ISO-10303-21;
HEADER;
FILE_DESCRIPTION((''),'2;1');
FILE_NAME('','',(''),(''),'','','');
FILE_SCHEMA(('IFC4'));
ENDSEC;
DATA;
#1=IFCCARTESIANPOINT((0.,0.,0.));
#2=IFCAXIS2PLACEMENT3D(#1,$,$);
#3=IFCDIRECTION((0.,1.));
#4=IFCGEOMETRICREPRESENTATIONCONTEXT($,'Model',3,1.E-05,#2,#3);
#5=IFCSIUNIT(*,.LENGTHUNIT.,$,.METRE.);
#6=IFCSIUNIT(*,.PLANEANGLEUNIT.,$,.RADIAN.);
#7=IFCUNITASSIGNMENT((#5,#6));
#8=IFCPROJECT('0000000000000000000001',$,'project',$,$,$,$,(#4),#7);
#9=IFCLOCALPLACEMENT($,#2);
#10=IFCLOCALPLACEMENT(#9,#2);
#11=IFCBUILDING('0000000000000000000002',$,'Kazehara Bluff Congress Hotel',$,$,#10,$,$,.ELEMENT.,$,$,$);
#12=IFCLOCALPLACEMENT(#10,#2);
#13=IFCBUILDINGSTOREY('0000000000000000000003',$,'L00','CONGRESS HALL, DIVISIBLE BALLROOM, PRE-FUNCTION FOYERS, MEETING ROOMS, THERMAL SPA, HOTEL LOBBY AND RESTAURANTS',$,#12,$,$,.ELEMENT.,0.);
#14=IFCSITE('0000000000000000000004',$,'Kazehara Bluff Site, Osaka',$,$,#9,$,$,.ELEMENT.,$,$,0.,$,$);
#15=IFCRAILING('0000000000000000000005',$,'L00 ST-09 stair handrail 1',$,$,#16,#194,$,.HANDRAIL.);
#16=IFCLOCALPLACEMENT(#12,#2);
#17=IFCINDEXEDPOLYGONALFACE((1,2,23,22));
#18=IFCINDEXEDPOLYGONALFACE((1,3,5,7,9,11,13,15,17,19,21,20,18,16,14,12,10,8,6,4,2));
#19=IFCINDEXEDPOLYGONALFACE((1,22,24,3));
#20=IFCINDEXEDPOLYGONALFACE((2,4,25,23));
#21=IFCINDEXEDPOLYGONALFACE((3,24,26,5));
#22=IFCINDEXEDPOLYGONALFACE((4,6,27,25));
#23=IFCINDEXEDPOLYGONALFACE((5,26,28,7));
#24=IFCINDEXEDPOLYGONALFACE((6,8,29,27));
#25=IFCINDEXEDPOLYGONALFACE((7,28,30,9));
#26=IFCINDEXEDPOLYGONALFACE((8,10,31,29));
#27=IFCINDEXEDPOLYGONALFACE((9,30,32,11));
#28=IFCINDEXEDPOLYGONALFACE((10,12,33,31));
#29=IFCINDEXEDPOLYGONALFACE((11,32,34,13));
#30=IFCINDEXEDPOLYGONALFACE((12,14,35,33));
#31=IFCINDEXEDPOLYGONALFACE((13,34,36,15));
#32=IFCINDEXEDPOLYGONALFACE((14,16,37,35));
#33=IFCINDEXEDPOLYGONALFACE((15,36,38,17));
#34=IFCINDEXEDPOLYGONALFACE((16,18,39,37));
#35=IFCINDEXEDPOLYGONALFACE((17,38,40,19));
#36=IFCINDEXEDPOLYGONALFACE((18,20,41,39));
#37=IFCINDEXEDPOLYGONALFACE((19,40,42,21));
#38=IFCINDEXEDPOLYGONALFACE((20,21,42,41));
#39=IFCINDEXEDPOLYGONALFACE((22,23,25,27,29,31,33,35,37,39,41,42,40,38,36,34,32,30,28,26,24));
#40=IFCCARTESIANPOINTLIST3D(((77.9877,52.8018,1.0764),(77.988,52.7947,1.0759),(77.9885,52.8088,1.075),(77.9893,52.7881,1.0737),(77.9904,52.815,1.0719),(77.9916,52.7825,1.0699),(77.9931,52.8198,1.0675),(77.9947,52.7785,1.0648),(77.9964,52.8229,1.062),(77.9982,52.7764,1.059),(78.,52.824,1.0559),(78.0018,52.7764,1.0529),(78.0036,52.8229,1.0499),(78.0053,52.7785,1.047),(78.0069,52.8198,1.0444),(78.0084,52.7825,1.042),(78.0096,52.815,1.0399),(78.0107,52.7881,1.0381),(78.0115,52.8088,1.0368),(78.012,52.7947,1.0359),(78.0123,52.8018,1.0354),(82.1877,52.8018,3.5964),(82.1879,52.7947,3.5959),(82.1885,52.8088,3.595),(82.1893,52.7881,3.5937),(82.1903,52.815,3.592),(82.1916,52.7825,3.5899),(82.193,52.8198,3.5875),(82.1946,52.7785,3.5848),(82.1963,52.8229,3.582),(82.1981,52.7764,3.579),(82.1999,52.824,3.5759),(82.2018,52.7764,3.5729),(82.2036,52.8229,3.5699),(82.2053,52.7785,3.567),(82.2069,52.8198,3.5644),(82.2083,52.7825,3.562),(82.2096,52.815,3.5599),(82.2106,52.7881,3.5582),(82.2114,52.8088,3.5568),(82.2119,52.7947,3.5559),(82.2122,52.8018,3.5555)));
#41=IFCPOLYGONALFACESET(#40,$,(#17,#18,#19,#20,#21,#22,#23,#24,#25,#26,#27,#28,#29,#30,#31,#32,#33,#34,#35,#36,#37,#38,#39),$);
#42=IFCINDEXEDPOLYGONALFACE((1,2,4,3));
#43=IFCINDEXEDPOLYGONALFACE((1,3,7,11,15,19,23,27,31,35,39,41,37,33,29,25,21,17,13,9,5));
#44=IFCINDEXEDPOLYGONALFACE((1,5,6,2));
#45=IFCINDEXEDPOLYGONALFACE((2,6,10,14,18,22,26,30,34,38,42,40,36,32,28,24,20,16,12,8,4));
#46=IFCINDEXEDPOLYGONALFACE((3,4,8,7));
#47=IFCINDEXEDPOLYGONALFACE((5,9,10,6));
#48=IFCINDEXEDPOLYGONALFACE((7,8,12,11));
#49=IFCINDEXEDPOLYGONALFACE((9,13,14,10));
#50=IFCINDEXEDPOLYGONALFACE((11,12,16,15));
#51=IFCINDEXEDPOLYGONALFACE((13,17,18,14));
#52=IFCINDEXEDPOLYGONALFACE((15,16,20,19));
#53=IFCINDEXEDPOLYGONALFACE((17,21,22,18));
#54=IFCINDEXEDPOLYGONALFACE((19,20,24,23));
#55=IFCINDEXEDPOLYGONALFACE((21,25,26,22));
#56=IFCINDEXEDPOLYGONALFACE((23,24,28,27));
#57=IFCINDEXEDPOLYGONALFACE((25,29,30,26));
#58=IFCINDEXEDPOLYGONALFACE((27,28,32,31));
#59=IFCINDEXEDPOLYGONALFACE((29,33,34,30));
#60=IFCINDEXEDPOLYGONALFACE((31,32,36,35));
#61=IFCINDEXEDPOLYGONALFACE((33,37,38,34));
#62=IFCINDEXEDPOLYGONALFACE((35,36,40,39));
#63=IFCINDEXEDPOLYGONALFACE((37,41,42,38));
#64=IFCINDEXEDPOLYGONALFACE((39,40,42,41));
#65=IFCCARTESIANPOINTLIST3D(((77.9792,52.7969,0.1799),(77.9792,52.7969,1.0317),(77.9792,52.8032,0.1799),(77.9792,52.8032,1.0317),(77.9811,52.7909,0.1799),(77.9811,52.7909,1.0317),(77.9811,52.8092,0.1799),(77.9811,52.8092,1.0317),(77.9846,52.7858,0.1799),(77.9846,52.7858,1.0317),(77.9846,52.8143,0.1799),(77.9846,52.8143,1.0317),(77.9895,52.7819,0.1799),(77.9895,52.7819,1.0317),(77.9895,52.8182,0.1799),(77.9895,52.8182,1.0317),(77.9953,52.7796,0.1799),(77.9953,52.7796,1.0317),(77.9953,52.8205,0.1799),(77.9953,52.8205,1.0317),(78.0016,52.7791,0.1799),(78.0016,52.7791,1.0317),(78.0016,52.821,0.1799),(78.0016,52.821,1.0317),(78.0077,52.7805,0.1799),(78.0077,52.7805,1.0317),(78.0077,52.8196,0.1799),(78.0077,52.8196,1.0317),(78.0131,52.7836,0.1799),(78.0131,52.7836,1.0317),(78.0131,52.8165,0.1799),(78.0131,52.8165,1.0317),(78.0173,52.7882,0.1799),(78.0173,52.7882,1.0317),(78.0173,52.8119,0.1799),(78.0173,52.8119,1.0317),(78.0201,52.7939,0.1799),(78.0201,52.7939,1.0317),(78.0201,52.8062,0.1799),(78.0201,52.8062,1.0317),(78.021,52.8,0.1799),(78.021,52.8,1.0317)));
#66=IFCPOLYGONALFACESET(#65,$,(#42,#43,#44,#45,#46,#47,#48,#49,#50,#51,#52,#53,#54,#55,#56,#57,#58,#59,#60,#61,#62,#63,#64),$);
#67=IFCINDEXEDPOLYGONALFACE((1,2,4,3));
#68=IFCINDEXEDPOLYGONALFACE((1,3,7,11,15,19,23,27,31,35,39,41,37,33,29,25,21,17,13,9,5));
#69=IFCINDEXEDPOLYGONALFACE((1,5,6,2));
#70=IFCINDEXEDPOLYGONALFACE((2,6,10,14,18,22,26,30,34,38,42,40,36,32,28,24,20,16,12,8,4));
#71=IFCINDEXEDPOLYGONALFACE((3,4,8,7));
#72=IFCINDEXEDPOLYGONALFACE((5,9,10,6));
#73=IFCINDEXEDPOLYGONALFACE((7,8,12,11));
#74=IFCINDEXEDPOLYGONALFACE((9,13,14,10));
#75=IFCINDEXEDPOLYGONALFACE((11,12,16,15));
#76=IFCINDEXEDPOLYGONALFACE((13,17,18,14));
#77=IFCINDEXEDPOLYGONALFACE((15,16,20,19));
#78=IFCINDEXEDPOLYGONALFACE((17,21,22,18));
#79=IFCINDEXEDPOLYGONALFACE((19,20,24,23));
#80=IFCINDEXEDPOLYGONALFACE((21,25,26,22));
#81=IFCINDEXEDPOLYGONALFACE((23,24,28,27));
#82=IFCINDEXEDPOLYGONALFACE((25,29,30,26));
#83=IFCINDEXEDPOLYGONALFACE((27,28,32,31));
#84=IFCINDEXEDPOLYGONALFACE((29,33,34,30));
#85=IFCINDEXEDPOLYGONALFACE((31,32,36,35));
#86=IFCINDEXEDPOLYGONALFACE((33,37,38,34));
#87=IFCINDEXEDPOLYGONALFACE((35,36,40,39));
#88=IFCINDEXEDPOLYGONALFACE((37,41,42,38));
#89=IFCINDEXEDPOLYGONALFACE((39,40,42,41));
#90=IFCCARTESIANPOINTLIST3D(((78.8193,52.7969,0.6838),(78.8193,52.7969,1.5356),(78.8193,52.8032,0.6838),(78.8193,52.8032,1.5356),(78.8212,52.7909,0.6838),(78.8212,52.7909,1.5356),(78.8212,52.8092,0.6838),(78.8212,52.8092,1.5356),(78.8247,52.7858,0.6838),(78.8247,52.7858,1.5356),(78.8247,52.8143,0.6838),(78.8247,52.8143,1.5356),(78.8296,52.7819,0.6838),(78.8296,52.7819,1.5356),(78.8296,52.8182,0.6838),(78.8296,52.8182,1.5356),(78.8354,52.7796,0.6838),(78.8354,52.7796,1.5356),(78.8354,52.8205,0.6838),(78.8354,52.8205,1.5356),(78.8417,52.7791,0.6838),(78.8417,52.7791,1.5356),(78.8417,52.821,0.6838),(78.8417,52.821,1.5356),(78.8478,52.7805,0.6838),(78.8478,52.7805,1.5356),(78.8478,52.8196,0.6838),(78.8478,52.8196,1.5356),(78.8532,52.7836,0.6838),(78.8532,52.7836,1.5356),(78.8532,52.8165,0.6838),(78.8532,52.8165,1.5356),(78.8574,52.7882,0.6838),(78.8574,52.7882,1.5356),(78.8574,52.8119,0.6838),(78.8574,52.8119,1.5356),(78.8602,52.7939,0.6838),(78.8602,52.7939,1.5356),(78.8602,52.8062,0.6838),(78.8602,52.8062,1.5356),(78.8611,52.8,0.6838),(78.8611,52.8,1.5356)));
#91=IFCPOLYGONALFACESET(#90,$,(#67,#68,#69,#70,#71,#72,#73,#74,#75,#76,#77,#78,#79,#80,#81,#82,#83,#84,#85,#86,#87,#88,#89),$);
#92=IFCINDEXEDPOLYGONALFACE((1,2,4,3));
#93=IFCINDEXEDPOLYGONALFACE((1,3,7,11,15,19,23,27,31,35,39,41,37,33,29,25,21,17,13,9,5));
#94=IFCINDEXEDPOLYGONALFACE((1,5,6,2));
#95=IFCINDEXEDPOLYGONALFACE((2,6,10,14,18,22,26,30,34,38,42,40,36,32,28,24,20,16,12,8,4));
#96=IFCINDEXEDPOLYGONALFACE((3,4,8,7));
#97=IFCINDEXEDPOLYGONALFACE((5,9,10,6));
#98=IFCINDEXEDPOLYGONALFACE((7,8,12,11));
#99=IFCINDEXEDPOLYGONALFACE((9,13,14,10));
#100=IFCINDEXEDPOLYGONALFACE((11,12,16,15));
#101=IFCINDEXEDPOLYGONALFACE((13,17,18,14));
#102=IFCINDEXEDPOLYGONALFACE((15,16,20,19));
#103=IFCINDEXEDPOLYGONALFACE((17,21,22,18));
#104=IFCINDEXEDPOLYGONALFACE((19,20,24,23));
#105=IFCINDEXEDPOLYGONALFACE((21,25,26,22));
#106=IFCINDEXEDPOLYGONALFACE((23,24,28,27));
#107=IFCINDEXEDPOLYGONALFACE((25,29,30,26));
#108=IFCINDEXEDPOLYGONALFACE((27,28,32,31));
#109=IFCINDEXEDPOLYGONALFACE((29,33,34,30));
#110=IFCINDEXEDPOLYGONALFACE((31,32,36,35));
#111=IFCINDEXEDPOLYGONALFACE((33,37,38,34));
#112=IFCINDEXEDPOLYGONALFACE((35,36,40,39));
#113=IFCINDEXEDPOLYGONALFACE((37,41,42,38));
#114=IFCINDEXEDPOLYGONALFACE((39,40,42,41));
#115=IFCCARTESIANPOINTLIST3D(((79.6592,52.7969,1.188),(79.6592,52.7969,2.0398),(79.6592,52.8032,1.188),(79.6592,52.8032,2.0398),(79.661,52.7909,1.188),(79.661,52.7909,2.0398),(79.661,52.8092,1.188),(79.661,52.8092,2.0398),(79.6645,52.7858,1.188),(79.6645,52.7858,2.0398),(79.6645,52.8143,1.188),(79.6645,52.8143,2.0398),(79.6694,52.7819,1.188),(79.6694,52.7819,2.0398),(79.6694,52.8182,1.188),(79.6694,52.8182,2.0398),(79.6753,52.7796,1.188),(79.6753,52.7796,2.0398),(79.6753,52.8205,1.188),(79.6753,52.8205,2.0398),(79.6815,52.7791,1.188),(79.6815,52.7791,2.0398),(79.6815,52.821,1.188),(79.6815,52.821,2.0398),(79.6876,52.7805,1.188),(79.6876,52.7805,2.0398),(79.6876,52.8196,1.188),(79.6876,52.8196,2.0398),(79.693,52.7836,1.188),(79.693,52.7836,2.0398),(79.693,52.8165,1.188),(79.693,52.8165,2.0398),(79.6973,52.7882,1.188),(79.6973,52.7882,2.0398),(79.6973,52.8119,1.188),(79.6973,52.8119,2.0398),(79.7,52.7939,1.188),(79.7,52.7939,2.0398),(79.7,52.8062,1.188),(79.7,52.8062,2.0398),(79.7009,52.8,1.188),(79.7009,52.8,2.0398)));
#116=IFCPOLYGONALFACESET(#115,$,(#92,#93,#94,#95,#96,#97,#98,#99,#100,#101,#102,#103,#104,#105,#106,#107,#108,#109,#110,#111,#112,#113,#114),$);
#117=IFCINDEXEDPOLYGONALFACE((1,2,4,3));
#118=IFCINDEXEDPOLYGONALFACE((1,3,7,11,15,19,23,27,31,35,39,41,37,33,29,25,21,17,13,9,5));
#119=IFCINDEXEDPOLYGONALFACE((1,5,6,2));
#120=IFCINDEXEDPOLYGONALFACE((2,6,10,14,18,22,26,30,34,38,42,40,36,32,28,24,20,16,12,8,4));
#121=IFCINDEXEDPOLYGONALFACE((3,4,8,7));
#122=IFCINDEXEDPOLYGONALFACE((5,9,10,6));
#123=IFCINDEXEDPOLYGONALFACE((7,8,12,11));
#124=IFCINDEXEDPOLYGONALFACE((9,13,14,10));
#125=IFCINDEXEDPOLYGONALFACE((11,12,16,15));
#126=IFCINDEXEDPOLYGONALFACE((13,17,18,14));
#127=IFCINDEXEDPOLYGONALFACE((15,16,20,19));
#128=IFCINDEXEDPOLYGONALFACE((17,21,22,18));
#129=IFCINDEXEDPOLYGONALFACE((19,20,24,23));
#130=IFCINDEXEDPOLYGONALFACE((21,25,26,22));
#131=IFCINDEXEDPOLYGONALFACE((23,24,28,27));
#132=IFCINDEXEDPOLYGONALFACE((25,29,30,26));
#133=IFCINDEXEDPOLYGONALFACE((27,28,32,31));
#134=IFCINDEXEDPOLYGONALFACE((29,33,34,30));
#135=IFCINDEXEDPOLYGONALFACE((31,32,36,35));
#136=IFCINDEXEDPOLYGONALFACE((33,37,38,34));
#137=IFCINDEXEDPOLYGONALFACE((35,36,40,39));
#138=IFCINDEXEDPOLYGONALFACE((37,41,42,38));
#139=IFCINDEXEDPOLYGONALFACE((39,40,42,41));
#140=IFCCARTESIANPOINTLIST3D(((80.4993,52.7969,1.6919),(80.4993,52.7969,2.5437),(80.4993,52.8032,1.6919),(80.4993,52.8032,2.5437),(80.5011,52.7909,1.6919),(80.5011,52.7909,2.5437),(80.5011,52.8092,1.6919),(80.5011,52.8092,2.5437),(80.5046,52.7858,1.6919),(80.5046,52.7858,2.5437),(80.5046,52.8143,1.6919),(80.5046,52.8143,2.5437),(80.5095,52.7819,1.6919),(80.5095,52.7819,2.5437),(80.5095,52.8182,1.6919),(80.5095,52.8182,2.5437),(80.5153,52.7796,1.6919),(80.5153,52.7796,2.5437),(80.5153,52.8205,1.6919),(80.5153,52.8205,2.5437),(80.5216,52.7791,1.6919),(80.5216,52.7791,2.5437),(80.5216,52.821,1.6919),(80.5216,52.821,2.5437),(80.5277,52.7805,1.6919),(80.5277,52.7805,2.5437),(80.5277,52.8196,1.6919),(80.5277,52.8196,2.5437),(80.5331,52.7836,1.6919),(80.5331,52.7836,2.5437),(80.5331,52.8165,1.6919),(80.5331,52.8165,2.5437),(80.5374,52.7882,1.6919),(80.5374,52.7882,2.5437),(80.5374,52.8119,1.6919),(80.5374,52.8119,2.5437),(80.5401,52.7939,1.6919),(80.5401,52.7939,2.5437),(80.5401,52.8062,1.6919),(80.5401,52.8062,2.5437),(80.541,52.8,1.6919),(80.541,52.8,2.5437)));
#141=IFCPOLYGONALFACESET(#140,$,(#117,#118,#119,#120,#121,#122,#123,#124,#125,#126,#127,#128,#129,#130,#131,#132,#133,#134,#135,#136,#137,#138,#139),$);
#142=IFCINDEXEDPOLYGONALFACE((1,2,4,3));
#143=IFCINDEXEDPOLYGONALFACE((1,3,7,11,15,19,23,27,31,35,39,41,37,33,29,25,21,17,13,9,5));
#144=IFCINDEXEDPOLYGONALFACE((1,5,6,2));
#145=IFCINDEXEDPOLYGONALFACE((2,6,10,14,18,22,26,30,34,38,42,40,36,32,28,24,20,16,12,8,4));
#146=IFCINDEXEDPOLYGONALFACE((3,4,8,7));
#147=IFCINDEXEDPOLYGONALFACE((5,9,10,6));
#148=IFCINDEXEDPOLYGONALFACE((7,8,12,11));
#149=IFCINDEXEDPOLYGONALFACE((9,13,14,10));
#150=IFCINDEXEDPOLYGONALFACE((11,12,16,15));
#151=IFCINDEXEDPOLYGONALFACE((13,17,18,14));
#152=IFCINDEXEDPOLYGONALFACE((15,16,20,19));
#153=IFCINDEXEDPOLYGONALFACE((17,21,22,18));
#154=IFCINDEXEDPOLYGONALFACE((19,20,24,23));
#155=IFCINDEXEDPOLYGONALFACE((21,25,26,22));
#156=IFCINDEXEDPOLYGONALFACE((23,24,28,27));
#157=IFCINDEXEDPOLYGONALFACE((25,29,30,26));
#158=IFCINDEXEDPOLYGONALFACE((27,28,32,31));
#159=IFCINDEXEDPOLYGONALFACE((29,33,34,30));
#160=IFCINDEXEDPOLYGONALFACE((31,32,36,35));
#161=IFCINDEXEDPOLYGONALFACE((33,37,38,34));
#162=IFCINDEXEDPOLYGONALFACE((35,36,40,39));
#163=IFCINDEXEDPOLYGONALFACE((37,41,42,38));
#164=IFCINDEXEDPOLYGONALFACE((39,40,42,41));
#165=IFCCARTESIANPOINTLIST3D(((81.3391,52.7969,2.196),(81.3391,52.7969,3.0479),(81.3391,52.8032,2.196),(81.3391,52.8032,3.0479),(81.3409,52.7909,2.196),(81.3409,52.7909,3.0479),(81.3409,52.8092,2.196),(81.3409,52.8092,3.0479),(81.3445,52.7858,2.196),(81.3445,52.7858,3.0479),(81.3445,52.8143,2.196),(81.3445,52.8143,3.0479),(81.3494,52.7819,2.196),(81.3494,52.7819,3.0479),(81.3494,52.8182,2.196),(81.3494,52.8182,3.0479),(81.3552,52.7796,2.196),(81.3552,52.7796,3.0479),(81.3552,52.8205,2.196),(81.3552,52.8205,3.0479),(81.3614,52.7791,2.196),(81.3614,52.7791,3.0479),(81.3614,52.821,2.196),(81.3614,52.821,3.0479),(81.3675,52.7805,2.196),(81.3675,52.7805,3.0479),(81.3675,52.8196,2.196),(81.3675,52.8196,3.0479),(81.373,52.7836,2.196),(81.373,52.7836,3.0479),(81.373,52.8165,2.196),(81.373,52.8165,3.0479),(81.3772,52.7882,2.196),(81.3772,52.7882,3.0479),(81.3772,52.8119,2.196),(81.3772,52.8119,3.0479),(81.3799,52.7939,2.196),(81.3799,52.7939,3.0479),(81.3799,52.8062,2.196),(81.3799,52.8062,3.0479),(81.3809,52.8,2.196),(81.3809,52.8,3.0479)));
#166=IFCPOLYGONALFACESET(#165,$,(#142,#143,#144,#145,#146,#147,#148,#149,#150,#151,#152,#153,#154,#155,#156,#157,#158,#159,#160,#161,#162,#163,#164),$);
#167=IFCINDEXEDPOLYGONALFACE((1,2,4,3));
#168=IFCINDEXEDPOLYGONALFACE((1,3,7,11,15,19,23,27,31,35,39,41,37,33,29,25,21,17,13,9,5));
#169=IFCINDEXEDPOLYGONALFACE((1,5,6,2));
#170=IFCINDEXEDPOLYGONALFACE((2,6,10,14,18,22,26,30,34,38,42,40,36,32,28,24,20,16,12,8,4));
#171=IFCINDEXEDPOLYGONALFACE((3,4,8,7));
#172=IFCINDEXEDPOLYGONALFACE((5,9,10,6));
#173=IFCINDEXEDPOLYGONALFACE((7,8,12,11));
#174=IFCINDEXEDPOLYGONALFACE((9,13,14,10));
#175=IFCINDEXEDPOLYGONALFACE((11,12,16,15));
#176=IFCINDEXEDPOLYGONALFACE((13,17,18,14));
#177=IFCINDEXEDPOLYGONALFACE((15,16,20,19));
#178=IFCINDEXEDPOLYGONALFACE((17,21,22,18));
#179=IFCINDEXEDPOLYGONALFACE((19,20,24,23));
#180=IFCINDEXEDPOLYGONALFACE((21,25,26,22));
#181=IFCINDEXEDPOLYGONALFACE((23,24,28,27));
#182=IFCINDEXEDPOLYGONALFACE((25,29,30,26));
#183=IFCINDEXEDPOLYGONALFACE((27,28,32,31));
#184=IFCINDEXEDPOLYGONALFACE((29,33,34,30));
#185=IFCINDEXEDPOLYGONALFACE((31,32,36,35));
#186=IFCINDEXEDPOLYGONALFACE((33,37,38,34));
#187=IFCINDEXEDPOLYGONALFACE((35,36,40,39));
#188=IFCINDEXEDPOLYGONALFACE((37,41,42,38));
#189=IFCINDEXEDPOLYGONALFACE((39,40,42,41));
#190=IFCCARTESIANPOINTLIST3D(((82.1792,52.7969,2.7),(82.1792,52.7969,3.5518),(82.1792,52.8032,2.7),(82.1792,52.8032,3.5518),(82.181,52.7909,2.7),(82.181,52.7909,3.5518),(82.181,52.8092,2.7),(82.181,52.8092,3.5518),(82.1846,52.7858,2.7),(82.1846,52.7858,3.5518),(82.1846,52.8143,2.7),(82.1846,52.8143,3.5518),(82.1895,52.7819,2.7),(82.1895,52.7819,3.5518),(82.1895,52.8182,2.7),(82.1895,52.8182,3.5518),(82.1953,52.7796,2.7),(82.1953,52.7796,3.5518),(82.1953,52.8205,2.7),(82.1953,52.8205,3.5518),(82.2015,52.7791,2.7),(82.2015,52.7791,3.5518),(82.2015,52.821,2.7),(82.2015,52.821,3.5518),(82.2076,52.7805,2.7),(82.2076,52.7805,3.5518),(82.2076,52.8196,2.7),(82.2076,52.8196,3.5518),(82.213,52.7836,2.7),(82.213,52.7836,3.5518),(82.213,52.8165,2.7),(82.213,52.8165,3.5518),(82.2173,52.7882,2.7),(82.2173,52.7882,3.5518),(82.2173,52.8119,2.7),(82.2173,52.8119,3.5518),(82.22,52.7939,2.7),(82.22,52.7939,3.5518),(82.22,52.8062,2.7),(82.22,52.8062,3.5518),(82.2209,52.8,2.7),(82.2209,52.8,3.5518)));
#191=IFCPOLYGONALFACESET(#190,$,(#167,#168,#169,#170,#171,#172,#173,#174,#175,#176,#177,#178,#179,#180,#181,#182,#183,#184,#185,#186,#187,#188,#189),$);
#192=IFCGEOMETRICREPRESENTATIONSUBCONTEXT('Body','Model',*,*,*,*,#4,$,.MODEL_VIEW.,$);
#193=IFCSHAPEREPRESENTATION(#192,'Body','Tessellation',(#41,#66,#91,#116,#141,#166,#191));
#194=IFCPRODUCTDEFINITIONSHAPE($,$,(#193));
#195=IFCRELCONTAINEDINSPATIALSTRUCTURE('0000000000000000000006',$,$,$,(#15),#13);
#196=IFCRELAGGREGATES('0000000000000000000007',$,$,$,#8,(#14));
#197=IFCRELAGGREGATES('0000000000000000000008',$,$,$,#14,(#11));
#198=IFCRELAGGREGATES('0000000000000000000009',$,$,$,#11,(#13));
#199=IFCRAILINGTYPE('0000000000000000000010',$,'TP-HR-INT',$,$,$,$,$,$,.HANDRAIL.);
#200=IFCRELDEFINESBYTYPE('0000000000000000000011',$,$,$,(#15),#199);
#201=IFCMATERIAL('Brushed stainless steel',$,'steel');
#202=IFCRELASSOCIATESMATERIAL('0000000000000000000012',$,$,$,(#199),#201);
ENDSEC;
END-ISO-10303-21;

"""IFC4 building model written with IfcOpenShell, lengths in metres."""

from ifc_helpers import new_model, si_unit, direction, frame, origin, origin_2d, place, context, subcontext, project, spatial, circle, extrude, material, type_object, element, save


model = new_model("IFC4")

# Units and contexts
model_context = context("Model", 3, precision=1e-05, world=origin(), true_north=direction((0.0, 1.0)))
body_context = subcontext(model_context, "Body", "Model", "MODEL_VIEW")
ifc_project = project(units=[si_unit("LENGTHUNIT", "METRE"), si_unit("PLANEANGLEUNIT", "RADIAN")], contexts=[model_context])

# Site, building, storey
site_placement = place(None, origin())
site = spatial("IfcSite", under=ifc_project, at=site_placement, Name="Kazehara Bluff Site, Osaka", CompositionType="ELEMENT", RefElevation=0.0)
building_placement = place(site_placement, origin())
building = spatial("IfcBuilding", under=site, at=building_placement, Name="Kazehara Bluff Congress Hotel", CompositionType="ELEMENT")
storey_placement = place(building_placement, origin())
storey = spatial("IfcBuildingStorey", under=building, at=storey_placement, Name="L00", Description="CONGRESS HALL, DIVISIBLE BALLROOM, PRE-FUNCTION FOYERS, MEETING ROOMS, THERMAL SPA, HOTEL LOBBY AND RESTAURANTS", CompositionType="ELEMENT", Elevation=0.0)

# Railing
ifc_material_1 = material(Name="Brushed stainless steel", Category="steel")
railing_type_1 = type_object("IfcRailingType", Name="TP-HR-INT", PredefinedType="HANDRAIL", material=ifc_material_1)
railing_1_placement = place(storey_placement, frame((78.0, 52.8, 0.1799)))
element("IfcRailing", 1, at=railing_1_placement, inside=storey, type_object=railing_type_1, Name="L00 ST-09 stair handrail 1", PredefinedType="HANDRAIL", context=body_context, shape_type="SweptSolid", body=[
    extrude(circle(Radius=0.0239, at=origin_2d()), frame((0.0, 0.0, 0.876), z_axis=(0.857489, 0.0, 0.514503), x_axis=(0.0, 1.0, 0.0)), (0.0, 0.0, 1.0), 4.8979),
    extrude(circle(Radius=0.021, at=origin_2d()), origin(), (0.0, 0.0, 1.0), 0.8518),
    extrude(circle(Radius=0.021, at=origin_2d()), frame((0.8401, 0.0, 0.5039)), (0.0, 0.0, 1.0), 0.8518),
    extrude(circle(Radius=0.021, at=origin_2d()), frame((1.6799, 0.0, 1.0081)), (0.0, 0.0, 1.0), 0.8518),
    extrude(circle(Radius=0.021, at=origin_2d()), frame((2.52, 0.0, 1.512)), (0.0, 0.0, 1.0), 0.8518),
    extrude(circle(Radius=0.021, at=origin_2d()), frame((3.3599, 0.0, 2.0161)), (0.0, 0.0, 1.0), 0.8518),
    extrude(circle(Radius=0.021, at=origin_2d()), frame((4.2, 0.0, 2.52)), (0.0, 0.0, 1.0), 0.8518),
])

save(model, "model.ifc")
